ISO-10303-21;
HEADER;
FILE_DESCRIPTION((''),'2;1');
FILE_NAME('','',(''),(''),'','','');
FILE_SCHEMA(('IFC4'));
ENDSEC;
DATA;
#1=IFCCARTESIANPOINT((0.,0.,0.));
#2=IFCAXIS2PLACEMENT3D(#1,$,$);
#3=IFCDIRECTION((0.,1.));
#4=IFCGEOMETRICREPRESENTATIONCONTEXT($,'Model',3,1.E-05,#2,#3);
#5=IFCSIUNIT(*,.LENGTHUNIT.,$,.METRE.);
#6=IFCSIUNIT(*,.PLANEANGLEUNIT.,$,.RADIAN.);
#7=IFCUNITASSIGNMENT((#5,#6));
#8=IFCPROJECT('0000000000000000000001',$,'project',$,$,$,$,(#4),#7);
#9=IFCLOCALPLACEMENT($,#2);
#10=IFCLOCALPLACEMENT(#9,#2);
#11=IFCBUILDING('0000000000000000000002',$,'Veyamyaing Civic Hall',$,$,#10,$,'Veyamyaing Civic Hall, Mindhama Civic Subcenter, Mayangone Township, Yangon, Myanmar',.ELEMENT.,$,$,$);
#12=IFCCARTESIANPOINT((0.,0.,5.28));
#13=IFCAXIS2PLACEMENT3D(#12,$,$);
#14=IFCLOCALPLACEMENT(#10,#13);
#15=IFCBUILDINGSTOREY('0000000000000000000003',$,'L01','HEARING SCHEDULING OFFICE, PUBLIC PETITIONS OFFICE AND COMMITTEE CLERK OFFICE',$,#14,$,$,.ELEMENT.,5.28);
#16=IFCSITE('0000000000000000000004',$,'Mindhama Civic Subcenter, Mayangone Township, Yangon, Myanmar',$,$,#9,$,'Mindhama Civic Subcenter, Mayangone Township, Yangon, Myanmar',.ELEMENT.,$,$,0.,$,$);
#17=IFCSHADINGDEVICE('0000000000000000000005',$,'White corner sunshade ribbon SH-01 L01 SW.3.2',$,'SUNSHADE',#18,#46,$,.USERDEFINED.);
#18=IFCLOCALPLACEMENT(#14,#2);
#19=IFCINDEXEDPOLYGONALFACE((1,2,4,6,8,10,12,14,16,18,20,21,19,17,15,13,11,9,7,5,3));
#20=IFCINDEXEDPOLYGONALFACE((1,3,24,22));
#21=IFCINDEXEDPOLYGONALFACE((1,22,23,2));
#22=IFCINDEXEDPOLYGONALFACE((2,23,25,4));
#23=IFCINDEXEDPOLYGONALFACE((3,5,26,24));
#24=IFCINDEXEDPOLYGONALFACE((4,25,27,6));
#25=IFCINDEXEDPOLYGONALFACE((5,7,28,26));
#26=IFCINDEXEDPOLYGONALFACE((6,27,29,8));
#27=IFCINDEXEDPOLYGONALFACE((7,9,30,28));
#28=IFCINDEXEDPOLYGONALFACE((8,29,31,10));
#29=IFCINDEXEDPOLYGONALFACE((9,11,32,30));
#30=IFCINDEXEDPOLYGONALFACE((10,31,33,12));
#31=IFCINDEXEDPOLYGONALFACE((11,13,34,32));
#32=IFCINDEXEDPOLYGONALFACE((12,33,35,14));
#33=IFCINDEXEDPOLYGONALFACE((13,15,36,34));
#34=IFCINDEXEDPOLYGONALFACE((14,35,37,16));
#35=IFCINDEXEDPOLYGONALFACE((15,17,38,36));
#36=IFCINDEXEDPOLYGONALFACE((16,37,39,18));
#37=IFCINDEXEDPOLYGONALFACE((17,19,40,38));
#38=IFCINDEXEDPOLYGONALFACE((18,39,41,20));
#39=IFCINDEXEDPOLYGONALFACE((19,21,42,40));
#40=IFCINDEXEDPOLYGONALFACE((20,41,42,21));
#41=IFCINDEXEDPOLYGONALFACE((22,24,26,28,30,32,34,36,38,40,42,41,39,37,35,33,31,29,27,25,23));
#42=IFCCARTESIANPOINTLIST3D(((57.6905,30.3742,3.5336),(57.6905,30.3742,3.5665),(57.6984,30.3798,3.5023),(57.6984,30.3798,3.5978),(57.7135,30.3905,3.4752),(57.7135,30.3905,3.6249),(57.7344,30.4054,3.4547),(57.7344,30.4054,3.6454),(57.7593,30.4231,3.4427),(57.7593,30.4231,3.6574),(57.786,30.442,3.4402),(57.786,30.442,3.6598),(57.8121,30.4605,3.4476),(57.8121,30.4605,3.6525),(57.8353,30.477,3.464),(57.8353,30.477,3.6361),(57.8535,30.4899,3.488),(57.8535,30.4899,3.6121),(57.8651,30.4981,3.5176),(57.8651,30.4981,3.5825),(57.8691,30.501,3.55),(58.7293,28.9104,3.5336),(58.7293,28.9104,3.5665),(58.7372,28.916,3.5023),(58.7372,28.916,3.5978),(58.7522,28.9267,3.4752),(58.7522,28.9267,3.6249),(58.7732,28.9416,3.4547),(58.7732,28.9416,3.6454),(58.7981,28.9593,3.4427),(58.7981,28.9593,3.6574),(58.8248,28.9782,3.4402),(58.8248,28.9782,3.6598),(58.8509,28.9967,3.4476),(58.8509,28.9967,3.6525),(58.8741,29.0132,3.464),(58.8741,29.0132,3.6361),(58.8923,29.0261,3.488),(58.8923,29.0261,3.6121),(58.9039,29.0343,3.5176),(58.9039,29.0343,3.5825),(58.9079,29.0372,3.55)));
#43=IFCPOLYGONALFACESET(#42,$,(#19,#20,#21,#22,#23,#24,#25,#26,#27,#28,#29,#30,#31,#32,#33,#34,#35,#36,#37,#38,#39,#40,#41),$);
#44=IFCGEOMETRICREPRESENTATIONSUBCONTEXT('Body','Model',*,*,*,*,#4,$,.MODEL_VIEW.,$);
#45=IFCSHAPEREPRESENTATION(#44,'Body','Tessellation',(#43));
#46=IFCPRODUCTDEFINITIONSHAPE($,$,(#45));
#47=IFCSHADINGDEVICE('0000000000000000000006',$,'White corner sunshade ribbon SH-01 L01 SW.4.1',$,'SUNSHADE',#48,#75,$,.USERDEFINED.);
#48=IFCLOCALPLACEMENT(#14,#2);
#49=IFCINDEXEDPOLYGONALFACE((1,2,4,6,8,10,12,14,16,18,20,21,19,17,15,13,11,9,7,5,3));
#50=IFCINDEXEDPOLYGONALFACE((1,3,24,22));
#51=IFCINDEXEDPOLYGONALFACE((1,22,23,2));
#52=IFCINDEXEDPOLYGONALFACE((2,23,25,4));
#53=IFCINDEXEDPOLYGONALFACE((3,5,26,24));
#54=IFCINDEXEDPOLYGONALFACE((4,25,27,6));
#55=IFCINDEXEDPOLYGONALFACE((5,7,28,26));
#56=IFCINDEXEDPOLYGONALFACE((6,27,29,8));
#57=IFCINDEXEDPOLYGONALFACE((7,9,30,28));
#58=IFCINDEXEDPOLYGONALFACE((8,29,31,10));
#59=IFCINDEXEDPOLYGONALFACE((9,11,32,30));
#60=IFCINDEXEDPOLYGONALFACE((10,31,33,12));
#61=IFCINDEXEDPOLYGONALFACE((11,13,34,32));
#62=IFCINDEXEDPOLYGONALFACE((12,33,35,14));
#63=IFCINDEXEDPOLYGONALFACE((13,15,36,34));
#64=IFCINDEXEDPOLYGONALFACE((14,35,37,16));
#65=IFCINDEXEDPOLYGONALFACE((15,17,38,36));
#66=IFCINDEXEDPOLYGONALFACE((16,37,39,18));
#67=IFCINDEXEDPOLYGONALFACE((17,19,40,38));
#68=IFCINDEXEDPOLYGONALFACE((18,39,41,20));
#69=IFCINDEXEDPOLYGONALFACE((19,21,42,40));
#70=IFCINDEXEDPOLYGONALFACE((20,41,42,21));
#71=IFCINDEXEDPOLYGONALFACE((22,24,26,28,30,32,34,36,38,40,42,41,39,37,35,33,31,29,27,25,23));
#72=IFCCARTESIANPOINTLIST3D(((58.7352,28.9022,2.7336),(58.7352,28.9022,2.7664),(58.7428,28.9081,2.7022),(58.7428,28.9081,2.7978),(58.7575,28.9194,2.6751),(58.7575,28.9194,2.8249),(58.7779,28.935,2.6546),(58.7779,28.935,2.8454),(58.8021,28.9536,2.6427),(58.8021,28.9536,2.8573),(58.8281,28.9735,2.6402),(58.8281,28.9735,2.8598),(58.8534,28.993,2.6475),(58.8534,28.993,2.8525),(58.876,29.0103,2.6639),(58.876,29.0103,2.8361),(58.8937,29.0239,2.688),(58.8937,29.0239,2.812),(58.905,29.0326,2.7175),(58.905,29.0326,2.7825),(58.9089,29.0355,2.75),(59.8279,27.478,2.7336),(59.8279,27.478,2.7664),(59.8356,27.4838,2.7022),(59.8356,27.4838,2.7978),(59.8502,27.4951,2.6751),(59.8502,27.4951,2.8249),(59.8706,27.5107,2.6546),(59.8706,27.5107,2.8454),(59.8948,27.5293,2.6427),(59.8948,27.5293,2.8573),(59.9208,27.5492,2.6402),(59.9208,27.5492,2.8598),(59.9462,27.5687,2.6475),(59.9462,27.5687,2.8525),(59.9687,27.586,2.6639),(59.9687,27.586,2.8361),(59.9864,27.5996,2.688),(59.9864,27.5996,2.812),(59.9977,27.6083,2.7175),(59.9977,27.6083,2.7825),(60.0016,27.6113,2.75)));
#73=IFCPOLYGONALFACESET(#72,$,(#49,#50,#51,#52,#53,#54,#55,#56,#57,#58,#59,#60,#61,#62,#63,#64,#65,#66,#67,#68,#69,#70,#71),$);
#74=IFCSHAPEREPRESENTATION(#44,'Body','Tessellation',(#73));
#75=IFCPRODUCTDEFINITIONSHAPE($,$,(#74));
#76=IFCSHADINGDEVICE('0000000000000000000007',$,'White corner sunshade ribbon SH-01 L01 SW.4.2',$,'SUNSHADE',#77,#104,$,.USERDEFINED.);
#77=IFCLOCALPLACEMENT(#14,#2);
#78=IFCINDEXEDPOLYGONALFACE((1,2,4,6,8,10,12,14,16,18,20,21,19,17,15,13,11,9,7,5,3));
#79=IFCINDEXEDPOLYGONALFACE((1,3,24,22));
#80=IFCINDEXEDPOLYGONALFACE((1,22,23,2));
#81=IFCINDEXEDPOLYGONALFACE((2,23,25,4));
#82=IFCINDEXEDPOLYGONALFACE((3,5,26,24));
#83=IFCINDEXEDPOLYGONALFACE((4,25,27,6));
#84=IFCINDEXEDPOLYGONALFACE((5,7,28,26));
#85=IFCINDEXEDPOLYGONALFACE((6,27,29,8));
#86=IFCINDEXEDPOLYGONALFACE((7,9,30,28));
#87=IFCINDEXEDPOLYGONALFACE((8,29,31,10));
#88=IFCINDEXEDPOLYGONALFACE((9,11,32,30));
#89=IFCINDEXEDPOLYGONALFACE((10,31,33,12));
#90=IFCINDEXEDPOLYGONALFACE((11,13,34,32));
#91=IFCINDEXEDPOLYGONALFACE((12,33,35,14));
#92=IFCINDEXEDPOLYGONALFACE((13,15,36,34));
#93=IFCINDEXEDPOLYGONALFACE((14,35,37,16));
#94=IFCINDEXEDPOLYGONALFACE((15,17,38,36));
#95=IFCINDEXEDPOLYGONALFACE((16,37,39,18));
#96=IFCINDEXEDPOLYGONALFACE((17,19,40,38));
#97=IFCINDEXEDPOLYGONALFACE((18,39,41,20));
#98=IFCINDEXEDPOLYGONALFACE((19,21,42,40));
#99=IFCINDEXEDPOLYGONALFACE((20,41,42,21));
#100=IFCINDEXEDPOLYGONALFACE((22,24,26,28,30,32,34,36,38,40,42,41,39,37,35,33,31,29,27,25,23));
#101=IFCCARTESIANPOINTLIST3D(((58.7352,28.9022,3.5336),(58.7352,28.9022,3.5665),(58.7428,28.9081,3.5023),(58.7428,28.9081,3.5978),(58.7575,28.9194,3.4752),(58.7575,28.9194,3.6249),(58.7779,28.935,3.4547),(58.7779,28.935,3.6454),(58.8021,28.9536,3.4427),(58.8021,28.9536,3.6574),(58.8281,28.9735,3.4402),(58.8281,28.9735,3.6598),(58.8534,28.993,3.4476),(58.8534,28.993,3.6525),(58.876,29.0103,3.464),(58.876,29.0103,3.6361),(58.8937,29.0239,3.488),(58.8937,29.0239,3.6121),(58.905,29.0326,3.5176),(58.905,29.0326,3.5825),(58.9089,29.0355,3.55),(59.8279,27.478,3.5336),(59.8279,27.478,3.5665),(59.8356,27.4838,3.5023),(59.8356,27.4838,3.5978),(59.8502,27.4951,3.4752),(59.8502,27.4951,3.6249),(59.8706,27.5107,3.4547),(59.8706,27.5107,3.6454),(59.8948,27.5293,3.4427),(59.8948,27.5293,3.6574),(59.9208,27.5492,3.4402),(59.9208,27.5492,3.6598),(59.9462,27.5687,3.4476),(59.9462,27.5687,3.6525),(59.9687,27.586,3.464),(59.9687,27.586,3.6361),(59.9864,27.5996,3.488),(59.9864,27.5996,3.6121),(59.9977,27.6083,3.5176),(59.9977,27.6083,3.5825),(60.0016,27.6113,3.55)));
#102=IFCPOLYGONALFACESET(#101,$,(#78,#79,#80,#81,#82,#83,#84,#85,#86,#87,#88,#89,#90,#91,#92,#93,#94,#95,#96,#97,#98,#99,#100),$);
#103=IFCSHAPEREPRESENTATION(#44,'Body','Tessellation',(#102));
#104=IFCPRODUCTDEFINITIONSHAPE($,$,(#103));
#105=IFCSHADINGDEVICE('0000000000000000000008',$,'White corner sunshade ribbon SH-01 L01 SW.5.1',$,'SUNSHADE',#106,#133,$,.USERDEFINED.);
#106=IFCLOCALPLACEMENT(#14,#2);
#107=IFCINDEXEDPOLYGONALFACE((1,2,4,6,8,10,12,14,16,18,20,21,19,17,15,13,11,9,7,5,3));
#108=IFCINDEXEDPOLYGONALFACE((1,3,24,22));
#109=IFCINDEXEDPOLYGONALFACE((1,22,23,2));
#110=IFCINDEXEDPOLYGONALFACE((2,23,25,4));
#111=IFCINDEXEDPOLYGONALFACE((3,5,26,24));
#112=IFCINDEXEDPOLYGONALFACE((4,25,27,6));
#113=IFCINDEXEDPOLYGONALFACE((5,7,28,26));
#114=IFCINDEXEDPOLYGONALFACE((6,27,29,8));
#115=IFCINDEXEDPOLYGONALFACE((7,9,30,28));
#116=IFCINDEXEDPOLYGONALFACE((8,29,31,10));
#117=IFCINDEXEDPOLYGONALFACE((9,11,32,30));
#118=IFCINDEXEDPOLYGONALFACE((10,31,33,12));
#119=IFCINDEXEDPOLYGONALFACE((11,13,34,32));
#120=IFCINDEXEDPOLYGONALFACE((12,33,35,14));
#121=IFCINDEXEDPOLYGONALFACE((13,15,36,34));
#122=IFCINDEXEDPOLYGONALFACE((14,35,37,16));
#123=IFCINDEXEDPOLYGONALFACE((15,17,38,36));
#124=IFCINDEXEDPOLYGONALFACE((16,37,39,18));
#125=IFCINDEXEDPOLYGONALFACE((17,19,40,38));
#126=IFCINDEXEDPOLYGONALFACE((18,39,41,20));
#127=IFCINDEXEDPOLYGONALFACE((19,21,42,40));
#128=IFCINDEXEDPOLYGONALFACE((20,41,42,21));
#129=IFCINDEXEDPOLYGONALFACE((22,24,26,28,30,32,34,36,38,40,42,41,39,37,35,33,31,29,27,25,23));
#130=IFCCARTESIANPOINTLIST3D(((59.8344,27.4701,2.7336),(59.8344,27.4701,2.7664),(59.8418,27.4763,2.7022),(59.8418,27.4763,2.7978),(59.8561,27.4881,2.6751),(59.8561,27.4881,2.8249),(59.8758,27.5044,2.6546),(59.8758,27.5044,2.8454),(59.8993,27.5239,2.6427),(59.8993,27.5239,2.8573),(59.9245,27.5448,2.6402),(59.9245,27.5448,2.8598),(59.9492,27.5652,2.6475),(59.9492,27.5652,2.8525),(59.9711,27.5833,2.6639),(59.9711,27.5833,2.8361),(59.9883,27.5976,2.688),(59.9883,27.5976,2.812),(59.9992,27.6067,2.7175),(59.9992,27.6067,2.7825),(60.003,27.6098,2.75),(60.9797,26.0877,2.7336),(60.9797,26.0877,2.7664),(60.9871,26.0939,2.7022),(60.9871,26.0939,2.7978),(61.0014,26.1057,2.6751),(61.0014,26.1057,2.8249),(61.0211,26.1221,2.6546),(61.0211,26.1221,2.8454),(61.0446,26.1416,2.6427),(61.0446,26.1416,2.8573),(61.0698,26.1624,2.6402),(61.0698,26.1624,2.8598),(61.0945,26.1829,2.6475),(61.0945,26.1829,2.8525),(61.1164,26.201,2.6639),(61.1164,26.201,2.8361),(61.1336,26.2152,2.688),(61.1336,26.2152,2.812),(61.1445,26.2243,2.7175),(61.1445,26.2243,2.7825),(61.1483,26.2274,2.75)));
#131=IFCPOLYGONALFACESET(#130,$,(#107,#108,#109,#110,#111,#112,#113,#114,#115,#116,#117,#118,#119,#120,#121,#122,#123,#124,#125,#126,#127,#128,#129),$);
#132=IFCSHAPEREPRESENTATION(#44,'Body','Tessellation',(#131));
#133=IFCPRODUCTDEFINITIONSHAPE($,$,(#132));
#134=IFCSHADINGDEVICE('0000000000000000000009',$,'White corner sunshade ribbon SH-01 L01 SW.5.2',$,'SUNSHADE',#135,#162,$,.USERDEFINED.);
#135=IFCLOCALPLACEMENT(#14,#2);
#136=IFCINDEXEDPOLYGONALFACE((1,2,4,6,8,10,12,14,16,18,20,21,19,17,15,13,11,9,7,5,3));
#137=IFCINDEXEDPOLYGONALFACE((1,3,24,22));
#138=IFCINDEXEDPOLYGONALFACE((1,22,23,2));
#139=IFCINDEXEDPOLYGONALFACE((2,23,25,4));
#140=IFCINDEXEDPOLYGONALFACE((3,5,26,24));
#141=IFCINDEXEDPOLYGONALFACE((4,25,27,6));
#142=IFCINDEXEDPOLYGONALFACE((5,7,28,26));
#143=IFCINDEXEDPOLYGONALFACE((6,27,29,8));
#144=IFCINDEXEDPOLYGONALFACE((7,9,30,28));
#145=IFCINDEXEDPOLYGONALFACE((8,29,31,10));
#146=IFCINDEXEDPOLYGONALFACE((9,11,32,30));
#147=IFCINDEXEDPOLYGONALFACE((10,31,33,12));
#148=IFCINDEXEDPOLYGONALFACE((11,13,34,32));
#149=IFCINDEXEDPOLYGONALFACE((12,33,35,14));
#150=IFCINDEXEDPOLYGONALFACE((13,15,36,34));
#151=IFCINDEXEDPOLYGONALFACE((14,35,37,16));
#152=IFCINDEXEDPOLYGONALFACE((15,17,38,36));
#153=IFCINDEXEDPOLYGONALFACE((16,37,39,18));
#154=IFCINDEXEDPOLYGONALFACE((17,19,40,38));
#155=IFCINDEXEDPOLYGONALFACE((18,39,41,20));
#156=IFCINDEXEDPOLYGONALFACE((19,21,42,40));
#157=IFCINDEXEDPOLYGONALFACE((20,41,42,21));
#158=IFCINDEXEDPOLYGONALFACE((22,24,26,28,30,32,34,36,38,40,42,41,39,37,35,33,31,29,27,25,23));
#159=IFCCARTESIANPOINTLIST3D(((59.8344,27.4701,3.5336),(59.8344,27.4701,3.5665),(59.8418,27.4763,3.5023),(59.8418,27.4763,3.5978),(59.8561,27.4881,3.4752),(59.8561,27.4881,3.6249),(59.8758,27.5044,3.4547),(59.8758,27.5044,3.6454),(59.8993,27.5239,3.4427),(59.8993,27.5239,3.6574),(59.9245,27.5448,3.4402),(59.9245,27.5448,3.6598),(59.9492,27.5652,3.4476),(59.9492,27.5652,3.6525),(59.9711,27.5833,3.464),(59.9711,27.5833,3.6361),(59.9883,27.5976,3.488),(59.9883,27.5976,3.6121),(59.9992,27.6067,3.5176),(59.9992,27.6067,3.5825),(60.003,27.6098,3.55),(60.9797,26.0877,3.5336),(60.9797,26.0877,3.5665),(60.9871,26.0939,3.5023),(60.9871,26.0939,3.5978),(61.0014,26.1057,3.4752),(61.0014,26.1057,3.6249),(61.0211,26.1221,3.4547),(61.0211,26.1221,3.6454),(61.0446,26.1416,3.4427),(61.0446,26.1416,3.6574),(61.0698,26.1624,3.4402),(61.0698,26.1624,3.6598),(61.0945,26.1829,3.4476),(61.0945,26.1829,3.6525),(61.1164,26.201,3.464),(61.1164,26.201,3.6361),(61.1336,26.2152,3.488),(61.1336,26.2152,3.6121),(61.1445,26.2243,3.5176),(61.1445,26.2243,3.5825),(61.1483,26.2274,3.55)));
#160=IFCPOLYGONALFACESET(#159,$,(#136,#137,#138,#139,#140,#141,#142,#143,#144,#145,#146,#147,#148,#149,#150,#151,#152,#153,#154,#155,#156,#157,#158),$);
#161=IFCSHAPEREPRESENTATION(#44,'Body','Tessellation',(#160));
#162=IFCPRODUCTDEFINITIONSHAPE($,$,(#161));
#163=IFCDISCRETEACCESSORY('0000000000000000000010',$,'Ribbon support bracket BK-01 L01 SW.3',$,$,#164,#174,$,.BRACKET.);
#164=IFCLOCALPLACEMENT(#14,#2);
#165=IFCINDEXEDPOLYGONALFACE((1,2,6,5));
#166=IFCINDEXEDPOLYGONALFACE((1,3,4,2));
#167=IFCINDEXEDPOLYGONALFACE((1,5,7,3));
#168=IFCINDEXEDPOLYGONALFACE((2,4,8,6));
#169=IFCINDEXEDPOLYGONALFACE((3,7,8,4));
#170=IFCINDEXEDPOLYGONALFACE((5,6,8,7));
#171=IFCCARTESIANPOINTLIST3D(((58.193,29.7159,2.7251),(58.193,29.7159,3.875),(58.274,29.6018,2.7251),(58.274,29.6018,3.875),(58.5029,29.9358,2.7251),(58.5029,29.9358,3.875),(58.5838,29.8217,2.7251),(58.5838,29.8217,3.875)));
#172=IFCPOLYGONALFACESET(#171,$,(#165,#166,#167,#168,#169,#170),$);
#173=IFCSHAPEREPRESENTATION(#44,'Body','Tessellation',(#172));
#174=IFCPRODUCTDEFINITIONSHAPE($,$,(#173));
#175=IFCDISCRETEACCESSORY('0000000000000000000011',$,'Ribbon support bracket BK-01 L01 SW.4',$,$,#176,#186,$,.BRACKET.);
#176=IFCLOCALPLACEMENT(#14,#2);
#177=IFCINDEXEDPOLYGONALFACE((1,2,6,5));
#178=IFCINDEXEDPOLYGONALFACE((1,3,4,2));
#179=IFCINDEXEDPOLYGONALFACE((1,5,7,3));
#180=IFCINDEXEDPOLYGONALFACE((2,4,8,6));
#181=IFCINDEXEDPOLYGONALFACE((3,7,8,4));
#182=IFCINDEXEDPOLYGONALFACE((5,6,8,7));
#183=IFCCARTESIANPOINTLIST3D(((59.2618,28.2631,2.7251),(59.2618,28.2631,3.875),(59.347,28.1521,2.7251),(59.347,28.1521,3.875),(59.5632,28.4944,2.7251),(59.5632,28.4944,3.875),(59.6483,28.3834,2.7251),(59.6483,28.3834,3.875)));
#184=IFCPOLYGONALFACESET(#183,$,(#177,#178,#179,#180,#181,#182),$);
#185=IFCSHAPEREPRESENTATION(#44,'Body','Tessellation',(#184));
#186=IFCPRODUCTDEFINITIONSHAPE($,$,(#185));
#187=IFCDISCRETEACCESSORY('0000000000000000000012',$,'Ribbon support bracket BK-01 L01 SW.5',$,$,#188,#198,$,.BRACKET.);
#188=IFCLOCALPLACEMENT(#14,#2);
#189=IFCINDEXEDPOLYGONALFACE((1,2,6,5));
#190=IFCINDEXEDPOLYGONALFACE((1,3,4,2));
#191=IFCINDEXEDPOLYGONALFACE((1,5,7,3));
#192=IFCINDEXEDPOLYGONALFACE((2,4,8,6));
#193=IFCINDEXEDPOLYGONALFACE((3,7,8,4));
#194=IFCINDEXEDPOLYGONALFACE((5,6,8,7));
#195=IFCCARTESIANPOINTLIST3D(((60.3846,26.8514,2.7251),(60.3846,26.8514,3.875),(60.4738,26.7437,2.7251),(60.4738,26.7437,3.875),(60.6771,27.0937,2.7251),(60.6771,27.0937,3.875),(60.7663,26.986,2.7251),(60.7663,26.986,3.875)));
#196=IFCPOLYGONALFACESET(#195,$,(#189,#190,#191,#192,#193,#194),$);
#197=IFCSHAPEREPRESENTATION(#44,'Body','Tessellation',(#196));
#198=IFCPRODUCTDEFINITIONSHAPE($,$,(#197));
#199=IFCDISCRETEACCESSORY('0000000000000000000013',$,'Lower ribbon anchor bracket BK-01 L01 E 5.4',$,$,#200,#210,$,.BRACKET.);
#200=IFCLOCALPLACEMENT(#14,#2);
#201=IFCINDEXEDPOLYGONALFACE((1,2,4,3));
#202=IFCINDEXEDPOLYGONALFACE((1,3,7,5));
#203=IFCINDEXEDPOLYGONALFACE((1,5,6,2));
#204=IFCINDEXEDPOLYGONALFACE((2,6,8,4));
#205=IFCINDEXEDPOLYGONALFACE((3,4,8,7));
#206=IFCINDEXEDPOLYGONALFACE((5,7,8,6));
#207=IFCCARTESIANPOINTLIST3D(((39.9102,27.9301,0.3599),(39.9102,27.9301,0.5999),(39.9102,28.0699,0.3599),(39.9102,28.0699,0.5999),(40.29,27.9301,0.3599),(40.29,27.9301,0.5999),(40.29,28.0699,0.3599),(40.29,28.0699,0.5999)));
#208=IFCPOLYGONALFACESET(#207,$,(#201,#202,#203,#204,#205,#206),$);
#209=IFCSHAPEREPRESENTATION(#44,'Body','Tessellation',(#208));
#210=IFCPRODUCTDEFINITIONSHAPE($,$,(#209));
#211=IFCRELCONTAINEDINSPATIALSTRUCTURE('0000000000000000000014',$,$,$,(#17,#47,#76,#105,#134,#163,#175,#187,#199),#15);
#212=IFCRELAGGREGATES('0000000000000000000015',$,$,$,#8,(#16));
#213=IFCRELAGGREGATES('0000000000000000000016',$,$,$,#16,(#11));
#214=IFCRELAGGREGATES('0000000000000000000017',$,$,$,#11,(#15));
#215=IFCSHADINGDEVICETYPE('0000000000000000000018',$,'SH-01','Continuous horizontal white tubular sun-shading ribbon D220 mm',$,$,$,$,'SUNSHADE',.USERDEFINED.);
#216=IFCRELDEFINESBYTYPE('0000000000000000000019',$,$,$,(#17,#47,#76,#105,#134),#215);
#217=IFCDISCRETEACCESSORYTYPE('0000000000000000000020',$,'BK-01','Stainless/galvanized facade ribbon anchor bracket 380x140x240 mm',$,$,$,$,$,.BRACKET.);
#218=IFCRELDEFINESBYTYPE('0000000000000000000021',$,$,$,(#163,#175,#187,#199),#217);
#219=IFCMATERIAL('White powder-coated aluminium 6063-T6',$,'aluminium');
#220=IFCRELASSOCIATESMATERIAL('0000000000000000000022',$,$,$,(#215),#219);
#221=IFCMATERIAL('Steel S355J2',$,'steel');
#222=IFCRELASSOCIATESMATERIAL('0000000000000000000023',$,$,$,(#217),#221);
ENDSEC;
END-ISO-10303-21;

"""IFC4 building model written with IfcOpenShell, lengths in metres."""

from ifc_helpers import new_model, si_unit, direction, frame, origin, origin_2d, place, context, subcontext, project, spatial, rectangle, circle, extrude, material, material_profile, profile_set, type_object, element, save


model = new_model("IFC4")

# Units and contexts
model_context = context("Model", 3, precision=1e-05, world=origin(), true_north=direction((0.0, 1.0)))
body_context = subcontext(model_context, "Body", "Model", "MODEL_VIEW")
ifc_project = project(units=[si_unit("LENGTHUNIT", "METRE"), si_unit("PLANEANGLEUNIT", "RADIAN")], contexts=[model_context])

# Site, building, storey
site_placement = place(None, origin())
site = spatial("IfcSite", under=ifc_project, at=site_placement, Name="Mindhama Civic Subcenter, Mayangone Township, Yangon, Myanmar", LongName="Mindhama Civic Subcenter, Mayangone Township, Yangon, Myanmar", CompositionType="ELEMENT", RefElevation=0.0)
building_placement = place(site_placement, origin())
building = spatial("IfcBuilding", under=site, at=building_placement, Name="Veyamyaing Civic Hall", LongName="Veyamyaing Civic Hall, Mindhama Civic Subcenter, Mayangone Township, Yangon, Myanmar", CompositionType="ELEMENT")
storey_placement = place(building_placement, frame((0.0, 0.0, 5.28)))
storey = spatial("IfcBuildingStorey", under=building, at=storey_placement, Name="L01", Description="HEARING SCHEDULING OFFICE, PUBLIC PETITIONS OFFICE AND COMMITTEE CLERK OFFICE", CompositionType="ELEMENT", Elevation=5.28)

# Shared definitions
ifc_material_1 = material(Name="White powder-coated aluminium 6063-T6", Category="aluminium")

# Shading devices
ifc_material_profile = material_profile(ifc_material_1, circle(Radius=0.1101, at=origin_2d()), Name="SHADE-TUBE-220")
ifc_profile_set = profile_set([ifc_material_profile], Name="White powder-coated aluminium 6063-T6")
shading_device_type = type_object("IfcShadingDeviceType", Name="SH-01", Description="Continuous horizontal white tubular sun-shading ribbon D220 mm", ElementType="SUNSHADE", PredefinedType="USERDEFINED", material=ifc_profile_set)
for number, where, z_axis, x_axis, name in (
    (1, (57.7793, 30.4373, 3.55), (0.578727, -0.815522, 0.0), (0.815522, 0.578727, 0.0), "White corner sunshade ribbon SH-01 L01 SW.3.2"),
):
    element("IfcShadingDevice", number, at=place(storey_placement, frame(where, z_axis=z_axis, x_axis=x_axis)), inside=storey, type_object=shading_device_type, Name=name, ObjectType="SUNSHADE", PredefinedType="USERDEFINED", context=body_context, shape_type="SweptSolid", body=[
        extrude(circle(Radius=0.1101, at=origin_2d()), origin(), (0.0, 0.0, 1.0), 1.7949),
    ])
for number, where, z_axis, x_axis, name in (
    (2, (58.8215, 28.9685, 2.75), (0.608711, -0.793392, 0.0), (0.793392, 0.608711, 0.0), "White corner sunshade ribbon SH-01 L01 SW.4.1"),
    (3, (58.8215, 28.9685, 3.55), (0.608711, -0.793392, 0.0), (0.793392, 0.608711, 0.0), "White corner sunshade ribbon SH-01 L01 SW.4.2"),
    (4, (59.9182, 27.5396, 2.75), (0.637988, -0.770046, 0.0), (0.770046, 0.637988, 0.0), "White corner sunshade ribbon SH-01 L01 SW.5.1"),
    (5, (59.9182, 27.5396, 3.55), (0.637988, -0.770046, 0.0), (0.770046, 0.637988, 0.0), "White corner sunshade ribbon SH-01 L01 SW.5.2"),
):
    element("IfcShadingDevice", number, at=place(storey_placement, frame(where, z_axis=z_axis, x_axis=x_axis)), inside=storey, type_object=shading_device_type, Name=name, ObjectType="SUNSHADE", PredefinedType="USERDEFINED", context=body_context, shape_type="SweptSolid", body=[
        extrude(circle(Radius=0.1101, at=origin_2d()), origin(), (0.0, 0.0, 1.0), 1.7952),
    ])

# Discrete accessories
ifc_material_2 = material(Name="Steel S355J2", Category="steel")
discrete_accessory_type = type_object("IfcDiscreteAccessoryType", Name="BK-01", Description="Stainless/galvanized facade ribbon anchor bracket 380x140x240 mm", PredefinedType="BRACKET", material=ifc_material_2)
for number, where, z_axis, x_axis, name in (
    (6, (58.3884, 29.7688, 2.7251), (0.0, 0.0, 1.0), (-0.815561, -0.578671, 0.0), "Ribbon support bracket BK-01 L01 SW.3"),
    (7, (59.4551, 28.3232, 2.7251), (0.0, 0.0, 1.0), (-0.793353, -0.608761, 0.0), "Ribbon support bracket BK-01 L01 SW.4"),
    (8, (60.5754, 26.9187, 2.7251), (0.0, 0.0, 1.0), (-0.770036, -0.638, 0.0), "Ribbon support bracket BK-01 L01 SW.5"),
):
    element("IfcDiscreteAccessory", number, at=place(storey_placement, frame(where, z_axis=z_axis, x_axis=x_axis)), inside=storey, type_object=discrete_accessory_type, Name=name, PredefinedType="BRACKET", context=body_context, shape_type="SweptSolid", body=[
        extrude(rectangle(XDim=0.3799, YDim=0.1399, at=origin_2d()), origin(), (0.0, 0.0, 1.0), 1.1499),
    ])
discrete_accessory_placement = place(storey_placement, frame((40.1001, 28.0, 0.3599), z_axis=(0.0, 0.0, 1.0), x_axis=(1.0, 0.0, 0.0)))
element("IfcDiscreteAccessory", 9, at=discrete_accessory_placement, inside=storey, type_object=discrete_accessory_type, Name="Lower ribbon anchor bracket BK-01 L01 E 5.4", PredefinedType="BRACKET", context=body_context, shape_type="SweptSolid", body=[
    extrude(rectangle(XDim=0.3799, YDim=0.1399, at=origin_2d()), origin(), (0.0, 0.0, 1.0), 0.24),
])

save(model, "model.ifc")
